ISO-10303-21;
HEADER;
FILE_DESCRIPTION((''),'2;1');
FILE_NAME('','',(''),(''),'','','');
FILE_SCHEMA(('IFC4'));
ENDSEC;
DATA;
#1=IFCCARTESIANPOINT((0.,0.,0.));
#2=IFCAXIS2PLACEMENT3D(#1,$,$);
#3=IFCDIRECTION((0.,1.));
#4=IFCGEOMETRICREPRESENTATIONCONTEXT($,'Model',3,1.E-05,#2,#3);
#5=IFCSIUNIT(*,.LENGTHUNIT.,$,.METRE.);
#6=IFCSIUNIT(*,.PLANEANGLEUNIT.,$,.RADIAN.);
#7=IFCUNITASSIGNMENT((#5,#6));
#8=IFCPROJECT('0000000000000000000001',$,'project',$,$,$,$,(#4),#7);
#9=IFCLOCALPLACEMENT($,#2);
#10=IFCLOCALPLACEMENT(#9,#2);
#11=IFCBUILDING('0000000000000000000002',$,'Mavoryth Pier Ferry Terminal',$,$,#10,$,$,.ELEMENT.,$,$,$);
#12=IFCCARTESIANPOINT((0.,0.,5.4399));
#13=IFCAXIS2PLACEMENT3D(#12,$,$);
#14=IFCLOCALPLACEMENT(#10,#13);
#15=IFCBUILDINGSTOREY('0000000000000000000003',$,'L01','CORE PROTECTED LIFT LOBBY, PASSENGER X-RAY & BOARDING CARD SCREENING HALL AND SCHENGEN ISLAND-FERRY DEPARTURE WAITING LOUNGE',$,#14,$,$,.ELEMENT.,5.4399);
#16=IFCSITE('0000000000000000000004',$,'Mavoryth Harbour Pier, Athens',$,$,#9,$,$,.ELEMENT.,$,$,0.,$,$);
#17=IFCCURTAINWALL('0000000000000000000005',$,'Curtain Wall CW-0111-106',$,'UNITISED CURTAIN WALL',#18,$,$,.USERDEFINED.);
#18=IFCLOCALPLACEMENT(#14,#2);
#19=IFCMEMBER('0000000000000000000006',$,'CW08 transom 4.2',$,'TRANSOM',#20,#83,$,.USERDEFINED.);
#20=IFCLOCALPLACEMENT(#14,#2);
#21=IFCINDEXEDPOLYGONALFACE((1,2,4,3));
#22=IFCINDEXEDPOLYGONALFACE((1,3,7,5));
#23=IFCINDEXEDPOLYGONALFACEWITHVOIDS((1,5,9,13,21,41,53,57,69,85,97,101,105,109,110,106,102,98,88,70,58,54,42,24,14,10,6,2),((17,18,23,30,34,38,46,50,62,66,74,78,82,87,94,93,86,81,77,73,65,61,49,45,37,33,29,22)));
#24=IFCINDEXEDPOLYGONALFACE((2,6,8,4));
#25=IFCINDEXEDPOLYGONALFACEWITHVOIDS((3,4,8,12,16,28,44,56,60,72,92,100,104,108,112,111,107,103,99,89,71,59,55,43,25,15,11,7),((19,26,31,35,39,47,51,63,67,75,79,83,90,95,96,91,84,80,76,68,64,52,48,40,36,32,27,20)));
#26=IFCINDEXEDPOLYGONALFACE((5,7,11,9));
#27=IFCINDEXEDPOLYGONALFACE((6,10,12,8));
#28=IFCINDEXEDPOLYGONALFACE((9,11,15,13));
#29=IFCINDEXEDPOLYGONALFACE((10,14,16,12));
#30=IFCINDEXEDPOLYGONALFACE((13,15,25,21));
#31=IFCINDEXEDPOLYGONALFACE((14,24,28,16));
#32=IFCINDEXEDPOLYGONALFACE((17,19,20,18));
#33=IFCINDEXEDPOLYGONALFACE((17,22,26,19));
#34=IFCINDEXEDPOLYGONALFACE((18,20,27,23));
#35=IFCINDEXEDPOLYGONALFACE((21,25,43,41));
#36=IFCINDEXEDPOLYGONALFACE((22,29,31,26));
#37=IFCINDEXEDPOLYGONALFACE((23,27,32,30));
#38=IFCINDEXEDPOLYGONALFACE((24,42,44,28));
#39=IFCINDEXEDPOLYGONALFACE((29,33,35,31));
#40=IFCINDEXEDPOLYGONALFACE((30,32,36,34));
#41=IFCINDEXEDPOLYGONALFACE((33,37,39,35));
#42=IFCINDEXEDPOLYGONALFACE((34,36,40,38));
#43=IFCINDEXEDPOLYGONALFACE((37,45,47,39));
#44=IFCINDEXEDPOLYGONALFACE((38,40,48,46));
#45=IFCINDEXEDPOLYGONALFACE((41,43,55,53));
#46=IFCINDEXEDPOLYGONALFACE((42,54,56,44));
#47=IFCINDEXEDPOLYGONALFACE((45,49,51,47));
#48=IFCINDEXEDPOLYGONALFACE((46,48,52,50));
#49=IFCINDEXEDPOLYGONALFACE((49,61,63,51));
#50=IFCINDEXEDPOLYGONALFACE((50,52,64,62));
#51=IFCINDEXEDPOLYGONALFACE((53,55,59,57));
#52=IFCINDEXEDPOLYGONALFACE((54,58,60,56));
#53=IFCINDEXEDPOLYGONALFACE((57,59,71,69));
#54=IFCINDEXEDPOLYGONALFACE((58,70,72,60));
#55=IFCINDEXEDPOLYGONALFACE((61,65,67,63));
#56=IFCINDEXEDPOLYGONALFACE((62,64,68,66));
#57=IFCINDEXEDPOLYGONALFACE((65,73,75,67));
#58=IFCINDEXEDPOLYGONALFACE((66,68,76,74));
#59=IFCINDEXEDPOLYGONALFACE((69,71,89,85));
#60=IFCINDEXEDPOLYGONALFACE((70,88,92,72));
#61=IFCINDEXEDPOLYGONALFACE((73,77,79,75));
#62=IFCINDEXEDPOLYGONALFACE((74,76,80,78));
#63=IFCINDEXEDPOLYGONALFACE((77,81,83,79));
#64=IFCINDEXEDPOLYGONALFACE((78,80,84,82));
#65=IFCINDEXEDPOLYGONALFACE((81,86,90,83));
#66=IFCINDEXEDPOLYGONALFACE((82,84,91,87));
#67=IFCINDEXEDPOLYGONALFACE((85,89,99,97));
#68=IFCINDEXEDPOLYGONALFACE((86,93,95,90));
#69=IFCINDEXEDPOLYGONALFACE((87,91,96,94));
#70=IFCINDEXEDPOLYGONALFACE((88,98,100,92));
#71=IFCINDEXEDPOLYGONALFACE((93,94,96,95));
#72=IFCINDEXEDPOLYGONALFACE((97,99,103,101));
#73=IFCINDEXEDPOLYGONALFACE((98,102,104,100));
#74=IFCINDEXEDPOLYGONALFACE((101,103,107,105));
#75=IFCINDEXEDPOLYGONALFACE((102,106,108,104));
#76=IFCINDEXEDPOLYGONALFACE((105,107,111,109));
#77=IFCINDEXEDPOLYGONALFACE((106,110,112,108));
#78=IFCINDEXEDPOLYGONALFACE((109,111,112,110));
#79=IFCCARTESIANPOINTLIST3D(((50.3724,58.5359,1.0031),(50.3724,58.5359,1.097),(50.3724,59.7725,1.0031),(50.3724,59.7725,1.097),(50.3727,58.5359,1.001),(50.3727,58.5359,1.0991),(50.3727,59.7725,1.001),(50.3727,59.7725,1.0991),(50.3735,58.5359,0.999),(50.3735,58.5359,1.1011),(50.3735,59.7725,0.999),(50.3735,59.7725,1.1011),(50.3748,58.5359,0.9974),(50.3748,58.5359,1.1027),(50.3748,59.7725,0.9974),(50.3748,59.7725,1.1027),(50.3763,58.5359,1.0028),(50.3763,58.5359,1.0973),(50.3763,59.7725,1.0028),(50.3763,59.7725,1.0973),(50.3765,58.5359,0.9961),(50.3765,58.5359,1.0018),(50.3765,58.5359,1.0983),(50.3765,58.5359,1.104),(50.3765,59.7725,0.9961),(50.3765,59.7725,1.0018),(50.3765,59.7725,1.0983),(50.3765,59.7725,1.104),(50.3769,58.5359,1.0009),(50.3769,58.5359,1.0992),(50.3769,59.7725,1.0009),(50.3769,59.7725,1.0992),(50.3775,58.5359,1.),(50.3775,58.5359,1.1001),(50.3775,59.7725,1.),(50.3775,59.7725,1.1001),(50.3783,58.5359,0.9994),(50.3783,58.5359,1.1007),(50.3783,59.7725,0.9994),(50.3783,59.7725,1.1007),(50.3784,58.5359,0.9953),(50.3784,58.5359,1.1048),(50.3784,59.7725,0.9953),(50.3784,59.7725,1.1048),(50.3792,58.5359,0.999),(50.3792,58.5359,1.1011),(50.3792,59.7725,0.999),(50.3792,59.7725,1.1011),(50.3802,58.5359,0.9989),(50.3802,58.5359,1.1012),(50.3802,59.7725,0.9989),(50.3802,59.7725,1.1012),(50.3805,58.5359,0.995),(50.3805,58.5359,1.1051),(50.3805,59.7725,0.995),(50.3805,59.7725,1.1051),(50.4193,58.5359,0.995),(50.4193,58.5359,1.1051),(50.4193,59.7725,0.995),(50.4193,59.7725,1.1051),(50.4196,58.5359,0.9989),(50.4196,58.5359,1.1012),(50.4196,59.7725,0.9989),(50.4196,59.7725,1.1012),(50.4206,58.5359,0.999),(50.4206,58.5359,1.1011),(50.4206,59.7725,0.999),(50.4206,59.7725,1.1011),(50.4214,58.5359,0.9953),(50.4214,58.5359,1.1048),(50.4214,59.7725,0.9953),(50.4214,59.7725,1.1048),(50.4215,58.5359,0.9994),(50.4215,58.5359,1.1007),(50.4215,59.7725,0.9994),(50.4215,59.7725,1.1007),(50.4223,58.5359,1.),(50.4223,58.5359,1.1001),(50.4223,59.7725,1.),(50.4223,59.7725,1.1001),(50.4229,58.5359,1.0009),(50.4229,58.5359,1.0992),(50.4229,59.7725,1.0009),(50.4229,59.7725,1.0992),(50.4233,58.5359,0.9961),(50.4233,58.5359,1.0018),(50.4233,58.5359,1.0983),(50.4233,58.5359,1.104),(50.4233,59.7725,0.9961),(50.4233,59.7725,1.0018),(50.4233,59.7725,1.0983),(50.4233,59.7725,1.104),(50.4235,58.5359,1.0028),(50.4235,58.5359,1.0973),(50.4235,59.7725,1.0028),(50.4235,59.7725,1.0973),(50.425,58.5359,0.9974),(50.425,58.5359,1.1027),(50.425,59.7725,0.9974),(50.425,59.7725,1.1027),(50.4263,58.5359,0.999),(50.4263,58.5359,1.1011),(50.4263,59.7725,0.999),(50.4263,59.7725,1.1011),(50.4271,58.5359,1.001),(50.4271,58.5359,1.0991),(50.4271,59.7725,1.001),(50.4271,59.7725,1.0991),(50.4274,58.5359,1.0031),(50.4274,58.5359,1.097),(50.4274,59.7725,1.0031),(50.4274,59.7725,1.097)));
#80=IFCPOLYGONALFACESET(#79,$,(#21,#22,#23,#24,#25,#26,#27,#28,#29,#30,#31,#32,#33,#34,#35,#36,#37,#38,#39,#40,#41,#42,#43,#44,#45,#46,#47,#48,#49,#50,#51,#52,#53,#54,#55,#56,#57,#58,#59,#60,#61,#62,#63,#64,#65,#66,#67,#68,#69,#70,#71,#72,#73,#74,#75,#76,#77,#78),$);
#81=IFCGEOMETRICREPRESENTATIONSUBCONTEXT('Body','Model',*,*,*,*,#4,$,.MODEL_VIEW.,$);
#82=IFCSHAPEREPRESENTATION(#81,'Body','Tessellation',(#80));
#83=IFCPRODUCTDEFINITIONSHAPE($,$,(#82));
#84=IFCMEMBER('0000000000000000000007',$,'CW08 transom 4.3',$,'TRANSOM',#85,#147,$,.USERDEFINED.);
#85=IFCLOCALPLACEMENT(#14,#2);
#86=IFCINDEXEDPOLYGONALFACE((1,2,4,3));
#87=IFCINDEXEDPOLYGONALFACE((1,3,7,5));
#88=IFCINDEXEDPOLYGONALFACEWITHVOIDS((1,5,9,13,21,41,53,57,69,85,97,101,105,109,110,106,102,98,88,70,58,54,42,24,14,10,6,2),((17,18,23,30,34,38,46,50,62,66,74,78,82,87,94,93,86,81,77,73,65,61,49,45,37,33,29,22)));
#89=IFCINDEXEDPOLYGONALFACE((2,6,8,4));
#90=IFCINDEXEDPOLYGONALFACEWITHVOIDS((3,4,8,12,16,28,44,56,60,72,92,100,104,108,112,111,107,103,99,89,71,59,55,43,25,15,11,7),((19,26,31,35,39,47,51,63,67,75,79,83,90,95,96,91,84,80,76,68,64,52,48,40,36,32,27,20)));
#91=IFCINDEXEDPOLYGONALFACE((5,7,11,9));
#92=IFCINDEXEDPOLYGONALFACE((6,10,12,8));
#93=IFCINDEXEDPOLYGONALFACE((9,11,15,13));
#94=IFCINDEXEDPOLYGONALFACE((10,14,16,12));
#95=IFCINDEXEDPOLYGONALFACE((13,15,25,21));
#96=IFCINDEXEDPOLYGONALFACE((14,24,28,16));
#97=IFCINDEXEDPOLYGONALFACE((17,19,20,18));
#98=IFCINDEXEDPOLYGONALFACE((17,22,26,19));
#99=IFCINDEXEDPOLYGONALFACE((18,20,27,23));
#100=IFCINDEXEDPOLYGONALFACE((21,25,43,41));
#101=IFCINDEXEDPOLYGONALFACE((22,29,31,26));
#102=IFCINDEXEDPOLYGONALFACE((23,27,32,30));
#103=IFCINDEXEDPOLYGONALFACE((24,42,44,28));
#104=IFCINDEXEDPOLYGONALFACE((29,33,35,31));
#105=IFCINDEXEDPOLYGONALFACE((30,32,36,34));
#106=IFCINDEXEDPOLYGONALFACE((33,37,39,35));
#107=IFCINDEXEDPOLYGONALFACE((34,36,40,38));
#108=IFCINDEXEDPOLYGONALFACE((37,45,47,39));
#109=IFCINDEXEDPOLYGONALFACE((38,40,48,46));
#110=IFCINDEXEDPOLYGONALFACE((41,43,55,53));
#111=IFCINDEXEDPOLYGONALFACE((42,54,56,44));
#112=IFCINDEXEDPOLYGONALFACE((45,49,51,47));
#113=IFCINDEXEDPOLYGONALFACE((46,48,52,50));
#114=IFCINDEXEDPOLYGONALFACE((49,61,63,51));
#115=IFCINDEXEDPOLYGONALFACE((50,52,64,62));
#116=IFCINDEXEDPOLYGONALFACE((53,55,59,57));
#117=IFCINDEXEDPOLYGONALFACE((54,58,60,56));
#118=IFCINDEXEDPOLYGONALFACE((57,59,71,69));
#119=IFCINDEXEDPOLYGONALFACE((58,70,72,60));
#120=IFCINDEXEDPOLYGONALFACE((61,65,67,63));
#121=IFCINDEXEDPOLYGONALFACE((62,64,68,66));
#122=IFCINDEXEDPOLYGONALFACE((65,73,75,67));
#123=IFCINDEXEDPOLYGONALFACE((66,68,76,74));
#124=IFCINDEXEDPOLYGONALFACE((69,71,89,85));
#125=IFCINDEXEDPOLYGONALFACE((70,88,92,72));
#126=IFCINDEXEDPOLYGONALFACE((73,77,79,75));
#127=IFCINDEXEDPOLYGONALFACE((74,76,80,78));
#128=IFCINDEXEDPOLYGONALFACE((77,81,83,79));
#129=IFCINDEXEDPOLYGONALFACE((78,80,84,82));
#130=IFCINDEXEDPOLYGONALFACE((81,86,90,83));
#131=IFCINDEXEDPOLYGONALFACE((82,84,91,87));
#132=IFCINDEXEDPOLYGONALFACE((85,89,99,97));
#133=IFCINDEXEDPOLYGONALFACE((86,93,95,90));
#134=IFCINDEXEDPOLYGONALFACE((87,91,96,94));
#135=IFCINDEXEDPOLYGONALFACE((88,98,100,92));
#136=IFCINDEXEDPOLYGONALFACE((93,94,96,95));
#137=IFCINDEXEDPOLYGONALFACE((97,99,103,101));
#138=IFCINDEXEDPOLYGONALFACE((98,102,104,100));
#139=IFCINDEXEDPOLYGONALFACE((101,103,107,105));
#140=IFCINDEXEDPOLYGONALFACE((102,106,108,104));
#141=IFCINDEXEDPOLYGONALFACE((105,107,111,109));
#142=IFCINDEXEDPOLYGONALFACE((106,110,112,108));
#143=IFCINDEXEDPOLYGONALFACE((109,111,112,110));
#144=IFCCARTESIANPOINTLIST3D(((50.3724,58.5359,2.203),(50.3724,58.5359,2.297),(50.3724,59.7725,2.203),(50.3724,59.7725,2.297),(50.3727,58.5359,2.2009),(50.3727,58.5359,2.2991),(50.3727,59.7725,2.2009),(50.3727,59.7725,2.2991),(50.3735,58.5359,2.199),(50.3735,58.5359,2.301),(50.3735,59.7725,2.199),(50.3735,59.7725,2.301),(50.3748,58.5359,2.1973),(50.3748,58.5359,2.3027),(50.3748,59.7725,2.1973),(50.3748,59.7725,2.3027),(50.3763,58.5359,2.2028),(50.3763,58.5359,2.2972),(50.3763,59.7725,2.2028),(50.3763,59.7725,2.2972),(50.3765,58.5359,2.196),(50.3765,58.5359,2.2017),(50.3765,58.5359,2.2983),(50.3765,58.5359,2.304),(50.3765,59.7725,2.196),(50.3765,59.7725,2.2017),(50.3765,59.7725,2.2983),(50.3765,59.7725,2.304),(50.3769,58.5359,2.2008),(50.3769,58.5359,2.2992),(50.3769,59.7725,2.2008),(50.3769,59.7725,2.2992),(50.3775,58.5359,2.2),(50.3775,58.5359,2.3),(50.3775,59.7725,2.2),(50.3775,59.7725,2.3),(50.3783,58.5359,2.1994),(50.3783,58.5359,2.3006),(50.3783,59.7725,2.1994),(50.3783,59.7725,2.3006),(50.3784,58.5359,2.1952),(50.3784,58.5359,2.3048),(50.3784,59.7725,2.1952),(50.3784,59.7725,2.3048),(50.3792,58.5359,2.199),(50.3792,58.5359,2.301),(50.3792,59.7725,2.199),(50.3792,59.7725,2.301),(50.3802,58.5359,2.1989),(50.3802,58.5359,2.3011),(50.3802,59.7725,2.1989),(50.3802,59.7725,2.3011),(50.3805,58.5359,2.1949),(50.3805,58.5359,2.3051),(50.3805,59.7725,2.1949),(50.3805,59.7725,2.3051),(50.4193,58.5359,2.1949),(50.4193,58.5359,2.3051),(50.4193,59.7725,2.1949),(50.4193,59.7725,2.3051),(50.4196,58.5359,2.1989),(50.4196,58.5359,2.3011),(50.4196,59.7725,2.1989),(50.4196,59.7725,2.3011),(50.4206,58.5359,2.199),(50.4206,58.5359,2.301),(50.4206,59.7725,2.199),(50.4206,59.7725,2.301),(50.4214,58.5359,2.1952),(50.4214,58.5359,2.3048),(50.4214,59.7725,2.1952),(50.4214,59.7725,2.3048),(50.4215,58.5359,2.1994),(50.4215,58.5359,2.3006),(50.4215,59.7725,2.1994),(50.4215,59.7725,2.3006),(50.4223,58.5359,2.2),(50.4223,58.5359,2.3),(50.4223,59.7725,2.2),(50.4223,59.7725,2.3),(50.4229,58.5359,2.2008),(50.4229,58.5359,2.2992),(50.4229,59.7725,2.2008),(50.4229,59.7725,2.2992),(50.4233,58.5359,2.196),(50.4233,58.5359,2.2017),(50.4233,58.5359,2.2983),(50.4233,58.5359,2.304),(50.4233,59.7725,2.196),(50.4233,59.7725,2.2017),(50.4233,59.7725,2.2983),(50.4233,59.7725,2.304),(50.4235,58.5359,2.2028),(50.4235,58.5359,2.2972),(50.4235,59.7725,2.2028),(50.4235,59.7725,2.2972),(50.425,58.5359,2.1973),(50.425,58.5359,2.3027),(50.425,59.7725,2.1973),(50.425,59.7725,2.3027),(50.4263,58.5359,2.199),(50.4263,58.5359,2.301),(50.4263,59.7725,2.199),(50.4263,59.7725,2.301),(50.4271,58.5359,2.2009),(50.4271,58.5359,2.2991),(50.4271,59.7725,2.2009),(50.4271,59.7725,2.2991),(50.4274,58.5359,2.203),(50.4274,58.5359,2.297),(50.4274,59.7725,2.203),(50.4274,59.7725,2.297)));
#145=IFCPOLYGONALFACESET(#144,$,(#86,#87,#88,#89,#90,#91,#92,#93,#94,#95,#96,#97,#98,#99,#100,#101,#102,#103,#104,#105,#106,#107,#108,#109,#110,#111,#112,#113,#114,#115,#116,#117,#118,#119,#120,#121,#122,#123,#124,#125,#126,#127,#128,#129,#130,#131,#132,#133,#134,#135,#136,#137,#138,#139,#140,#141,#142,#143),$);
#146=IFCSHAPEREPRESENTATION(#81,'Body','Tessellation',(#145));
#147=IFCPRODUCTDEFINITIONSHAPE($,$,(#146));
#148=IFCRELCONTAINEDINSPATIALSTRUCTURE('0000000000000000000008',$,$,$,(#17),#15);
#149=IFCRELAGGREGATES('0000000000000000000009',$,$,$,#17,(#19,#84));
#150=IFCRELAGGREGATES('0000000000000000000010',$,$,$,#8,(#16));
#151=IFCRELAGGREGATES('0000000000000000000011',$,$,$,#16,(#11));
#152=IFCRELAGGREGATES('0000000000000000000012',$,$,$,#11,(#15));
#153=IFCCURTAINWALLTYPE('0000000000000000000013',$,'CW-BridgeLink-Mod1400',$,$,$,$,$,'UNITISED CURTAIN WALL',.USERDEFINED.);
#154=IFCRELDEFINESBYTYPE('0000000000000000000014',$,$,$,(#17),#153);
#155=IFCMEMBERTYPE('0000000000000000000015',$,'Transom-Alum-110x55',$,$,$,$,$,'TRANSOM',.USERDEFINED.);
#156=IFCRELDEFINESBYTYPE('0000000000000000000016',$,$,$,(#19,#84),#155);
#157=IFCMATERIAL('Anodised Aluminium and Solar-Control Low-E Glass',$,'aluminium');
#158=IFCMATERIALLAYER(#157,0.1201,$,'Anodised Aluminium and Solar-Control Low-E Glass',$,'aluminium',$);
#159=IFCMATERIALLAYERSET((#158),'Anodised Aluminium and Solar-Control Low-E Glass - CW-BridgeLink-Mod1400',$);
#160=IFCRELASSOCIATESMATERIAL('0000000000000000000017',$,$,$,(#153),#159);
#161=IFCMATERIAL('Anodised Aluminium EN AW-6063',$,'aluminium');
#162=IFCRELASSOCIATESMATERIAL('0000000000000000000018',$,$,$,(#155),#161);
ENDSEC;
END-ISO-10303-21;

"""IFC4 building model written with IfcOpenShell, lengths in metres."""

from ifc_helpers import new_model, si_unit, direction, frame, origin, origin_2d, place, context, subcontext, project, spatial, hollow_rectangle, extrude, material, layer, layer_set, material_profile, profile_set, type_object, element, aggregate, save


model = new_model("IFC4")

# Units and contexts
model_context = context("Model", 3, precision=1e-05, world=origin(), true_north=direction((0.0, 1.0)))
body_context = subcontext(model_context, "Body", "Model", "MODEL_VIEW")
ifc_project = project(units=[si_unit("LENGTHUNIT", "METRE"), si_unit("PLANEANGLEUNIT", "RADIAN")], contexts=[model_context])

# Site, building, storey
site_placement = place(None, origin())
site = spatial("IfcSite", under=ifc_project, at=site_placement, Name="Mavoryth Harbour Pier, Athens", CompositionType="ELEMENT", RefElevation=0.0)
building_placement = place(site_placement, origin())
building = spatial("IfcBuilding", under=site, at=building_placement, Name="Mavoryth Pier Ferry Terminal", CompositionType="ELEMENT")
storey_placement = place(building_placement, frame((0.0, 0.0, 5.4399)))
storey = spatial("IfcBuildingStorey", under=building, at=storey_placement, Name="L01", Description="CORE PROTECTED LIFT LOBBY, PASSENGER X-RAY & BOARDING CARD SCREENING HALL AND SCHENGEN ISLAND-FERRY DEPARTURE WAITING LOUNGE", CompositionType="ELEMENT", Elevation=5.4399)

# Shared definitions
ifc_material_1 = material(Name="Anodised Aluminium and Solar-Control Low-E Glass", Category="aluminium")
ifc_layer_1 = layer(ifc_material_1, 0.1201, Name="Anodised Aluminium and Solar-Control Low-E Glass", Category="aluminium")
ifc_layer_set_1 = layer_set([ifc_layer_1], Name="Anodised Aluminium and Solar-Control Low-E Glass - CW-BridgeLink-Mod1400")
curtain_wall_type = type_object("IfcCurtainWallType", Name="CW-BridgeLink-Mod1400", ElementType="UNITISED CURTAIN WALL", PredefinedType="USERDEFINED", material=ifc_layer_set_1)
ifc_material_2 = material(Name="Anodised Aluminium EN AW-6063", Category="aluminium")

# Curtain wall
curtain_wall_1_placement = place(storey_placement, origin())
curtain_wall_1 = element("IfcCurtainWall", 1, at=curtain_wall_1_placement, inside=storey, type_object=curtain_wall_type, Name="Curtain Wall CW-0111-106", ObjectType="UNITISED CURTAIN WALL", PredefinedType="USERDEFINED")

# Members
ifc_material_profile_1 = material_profile(ifc_material_2, hollow_rectangle(XDim=0.0549, YDim=0.1101, WallThickness=0.0039, InnerFilletRadius=0.0039, OuterFilletRadius=0.0081, at=origin_2d()), Name="AL-TRAN 110x55x4", Category="aluminium")
ifc_profile_set_1 = profile_set([ifc_material_profile_1], Name="Anodised Aluminium EN AW-6063 - AL-TRAN 110x55x4")
member_type_1 = type_object("IfcMemberType", Name="Transom-Alum-110x55", ElementType="TRANSOM", PredefinedType="USERDEFINED", material=ifc_profile_set_1)
member_1_placement = place(storey_placement, frame((50.3999, 59.7725, 1.05), z_axis=(0.0, -1.0, 0.0), x_axis=(1.0, 0.0, 0.0)))
member_1 = element("IfcMember", 2, at=member_1_placement, type_object=member_type_1, Name="CW08 transom 4.2", ObjectType="TRANSOM", PredefinedType="USERDEFINED", context=body_context, shape_type="SweptSolid", body=[
    extrude(hollow_rectangle(XDim=0.0549, YDim=0.1101, WallThickness=0.0039, InnerFilletRadius=0.0039, OuterFilletRadius=0.0081, at=origin_2d()), origin(), (0.0, 0.0, 1.0), 1.2366),
])
member_2_placement = place(storey_placement, frame((50.3999, 59.7725, 2.25), z_axis=(0.0, -1.0, 0.0), x_axis=(1.0, 0.0, 0.0)))
member_2 = element("IfcMember", 3, at=member_2_placement, type_object=member_type_1, Name="CW08 transom 4.3", ObjectType="TRANSOM", PredefinedType="USERDEFINED", context=body_context, shape_type="SweptSolid", body=[
    extrude(hollow_rectangle(XDim=0.0549, YDim=0.1101, WallThickness=0.0039, InnerFilletRadius=0.0039, OuterFilletRadius=0.0081, at=origin_2d()), origin(), (0.0, 0.0, 1.0), 1.2366),
])

aggregate(curtain_wall_1, [member_1, member_2])

save(model, "model.ifc")
